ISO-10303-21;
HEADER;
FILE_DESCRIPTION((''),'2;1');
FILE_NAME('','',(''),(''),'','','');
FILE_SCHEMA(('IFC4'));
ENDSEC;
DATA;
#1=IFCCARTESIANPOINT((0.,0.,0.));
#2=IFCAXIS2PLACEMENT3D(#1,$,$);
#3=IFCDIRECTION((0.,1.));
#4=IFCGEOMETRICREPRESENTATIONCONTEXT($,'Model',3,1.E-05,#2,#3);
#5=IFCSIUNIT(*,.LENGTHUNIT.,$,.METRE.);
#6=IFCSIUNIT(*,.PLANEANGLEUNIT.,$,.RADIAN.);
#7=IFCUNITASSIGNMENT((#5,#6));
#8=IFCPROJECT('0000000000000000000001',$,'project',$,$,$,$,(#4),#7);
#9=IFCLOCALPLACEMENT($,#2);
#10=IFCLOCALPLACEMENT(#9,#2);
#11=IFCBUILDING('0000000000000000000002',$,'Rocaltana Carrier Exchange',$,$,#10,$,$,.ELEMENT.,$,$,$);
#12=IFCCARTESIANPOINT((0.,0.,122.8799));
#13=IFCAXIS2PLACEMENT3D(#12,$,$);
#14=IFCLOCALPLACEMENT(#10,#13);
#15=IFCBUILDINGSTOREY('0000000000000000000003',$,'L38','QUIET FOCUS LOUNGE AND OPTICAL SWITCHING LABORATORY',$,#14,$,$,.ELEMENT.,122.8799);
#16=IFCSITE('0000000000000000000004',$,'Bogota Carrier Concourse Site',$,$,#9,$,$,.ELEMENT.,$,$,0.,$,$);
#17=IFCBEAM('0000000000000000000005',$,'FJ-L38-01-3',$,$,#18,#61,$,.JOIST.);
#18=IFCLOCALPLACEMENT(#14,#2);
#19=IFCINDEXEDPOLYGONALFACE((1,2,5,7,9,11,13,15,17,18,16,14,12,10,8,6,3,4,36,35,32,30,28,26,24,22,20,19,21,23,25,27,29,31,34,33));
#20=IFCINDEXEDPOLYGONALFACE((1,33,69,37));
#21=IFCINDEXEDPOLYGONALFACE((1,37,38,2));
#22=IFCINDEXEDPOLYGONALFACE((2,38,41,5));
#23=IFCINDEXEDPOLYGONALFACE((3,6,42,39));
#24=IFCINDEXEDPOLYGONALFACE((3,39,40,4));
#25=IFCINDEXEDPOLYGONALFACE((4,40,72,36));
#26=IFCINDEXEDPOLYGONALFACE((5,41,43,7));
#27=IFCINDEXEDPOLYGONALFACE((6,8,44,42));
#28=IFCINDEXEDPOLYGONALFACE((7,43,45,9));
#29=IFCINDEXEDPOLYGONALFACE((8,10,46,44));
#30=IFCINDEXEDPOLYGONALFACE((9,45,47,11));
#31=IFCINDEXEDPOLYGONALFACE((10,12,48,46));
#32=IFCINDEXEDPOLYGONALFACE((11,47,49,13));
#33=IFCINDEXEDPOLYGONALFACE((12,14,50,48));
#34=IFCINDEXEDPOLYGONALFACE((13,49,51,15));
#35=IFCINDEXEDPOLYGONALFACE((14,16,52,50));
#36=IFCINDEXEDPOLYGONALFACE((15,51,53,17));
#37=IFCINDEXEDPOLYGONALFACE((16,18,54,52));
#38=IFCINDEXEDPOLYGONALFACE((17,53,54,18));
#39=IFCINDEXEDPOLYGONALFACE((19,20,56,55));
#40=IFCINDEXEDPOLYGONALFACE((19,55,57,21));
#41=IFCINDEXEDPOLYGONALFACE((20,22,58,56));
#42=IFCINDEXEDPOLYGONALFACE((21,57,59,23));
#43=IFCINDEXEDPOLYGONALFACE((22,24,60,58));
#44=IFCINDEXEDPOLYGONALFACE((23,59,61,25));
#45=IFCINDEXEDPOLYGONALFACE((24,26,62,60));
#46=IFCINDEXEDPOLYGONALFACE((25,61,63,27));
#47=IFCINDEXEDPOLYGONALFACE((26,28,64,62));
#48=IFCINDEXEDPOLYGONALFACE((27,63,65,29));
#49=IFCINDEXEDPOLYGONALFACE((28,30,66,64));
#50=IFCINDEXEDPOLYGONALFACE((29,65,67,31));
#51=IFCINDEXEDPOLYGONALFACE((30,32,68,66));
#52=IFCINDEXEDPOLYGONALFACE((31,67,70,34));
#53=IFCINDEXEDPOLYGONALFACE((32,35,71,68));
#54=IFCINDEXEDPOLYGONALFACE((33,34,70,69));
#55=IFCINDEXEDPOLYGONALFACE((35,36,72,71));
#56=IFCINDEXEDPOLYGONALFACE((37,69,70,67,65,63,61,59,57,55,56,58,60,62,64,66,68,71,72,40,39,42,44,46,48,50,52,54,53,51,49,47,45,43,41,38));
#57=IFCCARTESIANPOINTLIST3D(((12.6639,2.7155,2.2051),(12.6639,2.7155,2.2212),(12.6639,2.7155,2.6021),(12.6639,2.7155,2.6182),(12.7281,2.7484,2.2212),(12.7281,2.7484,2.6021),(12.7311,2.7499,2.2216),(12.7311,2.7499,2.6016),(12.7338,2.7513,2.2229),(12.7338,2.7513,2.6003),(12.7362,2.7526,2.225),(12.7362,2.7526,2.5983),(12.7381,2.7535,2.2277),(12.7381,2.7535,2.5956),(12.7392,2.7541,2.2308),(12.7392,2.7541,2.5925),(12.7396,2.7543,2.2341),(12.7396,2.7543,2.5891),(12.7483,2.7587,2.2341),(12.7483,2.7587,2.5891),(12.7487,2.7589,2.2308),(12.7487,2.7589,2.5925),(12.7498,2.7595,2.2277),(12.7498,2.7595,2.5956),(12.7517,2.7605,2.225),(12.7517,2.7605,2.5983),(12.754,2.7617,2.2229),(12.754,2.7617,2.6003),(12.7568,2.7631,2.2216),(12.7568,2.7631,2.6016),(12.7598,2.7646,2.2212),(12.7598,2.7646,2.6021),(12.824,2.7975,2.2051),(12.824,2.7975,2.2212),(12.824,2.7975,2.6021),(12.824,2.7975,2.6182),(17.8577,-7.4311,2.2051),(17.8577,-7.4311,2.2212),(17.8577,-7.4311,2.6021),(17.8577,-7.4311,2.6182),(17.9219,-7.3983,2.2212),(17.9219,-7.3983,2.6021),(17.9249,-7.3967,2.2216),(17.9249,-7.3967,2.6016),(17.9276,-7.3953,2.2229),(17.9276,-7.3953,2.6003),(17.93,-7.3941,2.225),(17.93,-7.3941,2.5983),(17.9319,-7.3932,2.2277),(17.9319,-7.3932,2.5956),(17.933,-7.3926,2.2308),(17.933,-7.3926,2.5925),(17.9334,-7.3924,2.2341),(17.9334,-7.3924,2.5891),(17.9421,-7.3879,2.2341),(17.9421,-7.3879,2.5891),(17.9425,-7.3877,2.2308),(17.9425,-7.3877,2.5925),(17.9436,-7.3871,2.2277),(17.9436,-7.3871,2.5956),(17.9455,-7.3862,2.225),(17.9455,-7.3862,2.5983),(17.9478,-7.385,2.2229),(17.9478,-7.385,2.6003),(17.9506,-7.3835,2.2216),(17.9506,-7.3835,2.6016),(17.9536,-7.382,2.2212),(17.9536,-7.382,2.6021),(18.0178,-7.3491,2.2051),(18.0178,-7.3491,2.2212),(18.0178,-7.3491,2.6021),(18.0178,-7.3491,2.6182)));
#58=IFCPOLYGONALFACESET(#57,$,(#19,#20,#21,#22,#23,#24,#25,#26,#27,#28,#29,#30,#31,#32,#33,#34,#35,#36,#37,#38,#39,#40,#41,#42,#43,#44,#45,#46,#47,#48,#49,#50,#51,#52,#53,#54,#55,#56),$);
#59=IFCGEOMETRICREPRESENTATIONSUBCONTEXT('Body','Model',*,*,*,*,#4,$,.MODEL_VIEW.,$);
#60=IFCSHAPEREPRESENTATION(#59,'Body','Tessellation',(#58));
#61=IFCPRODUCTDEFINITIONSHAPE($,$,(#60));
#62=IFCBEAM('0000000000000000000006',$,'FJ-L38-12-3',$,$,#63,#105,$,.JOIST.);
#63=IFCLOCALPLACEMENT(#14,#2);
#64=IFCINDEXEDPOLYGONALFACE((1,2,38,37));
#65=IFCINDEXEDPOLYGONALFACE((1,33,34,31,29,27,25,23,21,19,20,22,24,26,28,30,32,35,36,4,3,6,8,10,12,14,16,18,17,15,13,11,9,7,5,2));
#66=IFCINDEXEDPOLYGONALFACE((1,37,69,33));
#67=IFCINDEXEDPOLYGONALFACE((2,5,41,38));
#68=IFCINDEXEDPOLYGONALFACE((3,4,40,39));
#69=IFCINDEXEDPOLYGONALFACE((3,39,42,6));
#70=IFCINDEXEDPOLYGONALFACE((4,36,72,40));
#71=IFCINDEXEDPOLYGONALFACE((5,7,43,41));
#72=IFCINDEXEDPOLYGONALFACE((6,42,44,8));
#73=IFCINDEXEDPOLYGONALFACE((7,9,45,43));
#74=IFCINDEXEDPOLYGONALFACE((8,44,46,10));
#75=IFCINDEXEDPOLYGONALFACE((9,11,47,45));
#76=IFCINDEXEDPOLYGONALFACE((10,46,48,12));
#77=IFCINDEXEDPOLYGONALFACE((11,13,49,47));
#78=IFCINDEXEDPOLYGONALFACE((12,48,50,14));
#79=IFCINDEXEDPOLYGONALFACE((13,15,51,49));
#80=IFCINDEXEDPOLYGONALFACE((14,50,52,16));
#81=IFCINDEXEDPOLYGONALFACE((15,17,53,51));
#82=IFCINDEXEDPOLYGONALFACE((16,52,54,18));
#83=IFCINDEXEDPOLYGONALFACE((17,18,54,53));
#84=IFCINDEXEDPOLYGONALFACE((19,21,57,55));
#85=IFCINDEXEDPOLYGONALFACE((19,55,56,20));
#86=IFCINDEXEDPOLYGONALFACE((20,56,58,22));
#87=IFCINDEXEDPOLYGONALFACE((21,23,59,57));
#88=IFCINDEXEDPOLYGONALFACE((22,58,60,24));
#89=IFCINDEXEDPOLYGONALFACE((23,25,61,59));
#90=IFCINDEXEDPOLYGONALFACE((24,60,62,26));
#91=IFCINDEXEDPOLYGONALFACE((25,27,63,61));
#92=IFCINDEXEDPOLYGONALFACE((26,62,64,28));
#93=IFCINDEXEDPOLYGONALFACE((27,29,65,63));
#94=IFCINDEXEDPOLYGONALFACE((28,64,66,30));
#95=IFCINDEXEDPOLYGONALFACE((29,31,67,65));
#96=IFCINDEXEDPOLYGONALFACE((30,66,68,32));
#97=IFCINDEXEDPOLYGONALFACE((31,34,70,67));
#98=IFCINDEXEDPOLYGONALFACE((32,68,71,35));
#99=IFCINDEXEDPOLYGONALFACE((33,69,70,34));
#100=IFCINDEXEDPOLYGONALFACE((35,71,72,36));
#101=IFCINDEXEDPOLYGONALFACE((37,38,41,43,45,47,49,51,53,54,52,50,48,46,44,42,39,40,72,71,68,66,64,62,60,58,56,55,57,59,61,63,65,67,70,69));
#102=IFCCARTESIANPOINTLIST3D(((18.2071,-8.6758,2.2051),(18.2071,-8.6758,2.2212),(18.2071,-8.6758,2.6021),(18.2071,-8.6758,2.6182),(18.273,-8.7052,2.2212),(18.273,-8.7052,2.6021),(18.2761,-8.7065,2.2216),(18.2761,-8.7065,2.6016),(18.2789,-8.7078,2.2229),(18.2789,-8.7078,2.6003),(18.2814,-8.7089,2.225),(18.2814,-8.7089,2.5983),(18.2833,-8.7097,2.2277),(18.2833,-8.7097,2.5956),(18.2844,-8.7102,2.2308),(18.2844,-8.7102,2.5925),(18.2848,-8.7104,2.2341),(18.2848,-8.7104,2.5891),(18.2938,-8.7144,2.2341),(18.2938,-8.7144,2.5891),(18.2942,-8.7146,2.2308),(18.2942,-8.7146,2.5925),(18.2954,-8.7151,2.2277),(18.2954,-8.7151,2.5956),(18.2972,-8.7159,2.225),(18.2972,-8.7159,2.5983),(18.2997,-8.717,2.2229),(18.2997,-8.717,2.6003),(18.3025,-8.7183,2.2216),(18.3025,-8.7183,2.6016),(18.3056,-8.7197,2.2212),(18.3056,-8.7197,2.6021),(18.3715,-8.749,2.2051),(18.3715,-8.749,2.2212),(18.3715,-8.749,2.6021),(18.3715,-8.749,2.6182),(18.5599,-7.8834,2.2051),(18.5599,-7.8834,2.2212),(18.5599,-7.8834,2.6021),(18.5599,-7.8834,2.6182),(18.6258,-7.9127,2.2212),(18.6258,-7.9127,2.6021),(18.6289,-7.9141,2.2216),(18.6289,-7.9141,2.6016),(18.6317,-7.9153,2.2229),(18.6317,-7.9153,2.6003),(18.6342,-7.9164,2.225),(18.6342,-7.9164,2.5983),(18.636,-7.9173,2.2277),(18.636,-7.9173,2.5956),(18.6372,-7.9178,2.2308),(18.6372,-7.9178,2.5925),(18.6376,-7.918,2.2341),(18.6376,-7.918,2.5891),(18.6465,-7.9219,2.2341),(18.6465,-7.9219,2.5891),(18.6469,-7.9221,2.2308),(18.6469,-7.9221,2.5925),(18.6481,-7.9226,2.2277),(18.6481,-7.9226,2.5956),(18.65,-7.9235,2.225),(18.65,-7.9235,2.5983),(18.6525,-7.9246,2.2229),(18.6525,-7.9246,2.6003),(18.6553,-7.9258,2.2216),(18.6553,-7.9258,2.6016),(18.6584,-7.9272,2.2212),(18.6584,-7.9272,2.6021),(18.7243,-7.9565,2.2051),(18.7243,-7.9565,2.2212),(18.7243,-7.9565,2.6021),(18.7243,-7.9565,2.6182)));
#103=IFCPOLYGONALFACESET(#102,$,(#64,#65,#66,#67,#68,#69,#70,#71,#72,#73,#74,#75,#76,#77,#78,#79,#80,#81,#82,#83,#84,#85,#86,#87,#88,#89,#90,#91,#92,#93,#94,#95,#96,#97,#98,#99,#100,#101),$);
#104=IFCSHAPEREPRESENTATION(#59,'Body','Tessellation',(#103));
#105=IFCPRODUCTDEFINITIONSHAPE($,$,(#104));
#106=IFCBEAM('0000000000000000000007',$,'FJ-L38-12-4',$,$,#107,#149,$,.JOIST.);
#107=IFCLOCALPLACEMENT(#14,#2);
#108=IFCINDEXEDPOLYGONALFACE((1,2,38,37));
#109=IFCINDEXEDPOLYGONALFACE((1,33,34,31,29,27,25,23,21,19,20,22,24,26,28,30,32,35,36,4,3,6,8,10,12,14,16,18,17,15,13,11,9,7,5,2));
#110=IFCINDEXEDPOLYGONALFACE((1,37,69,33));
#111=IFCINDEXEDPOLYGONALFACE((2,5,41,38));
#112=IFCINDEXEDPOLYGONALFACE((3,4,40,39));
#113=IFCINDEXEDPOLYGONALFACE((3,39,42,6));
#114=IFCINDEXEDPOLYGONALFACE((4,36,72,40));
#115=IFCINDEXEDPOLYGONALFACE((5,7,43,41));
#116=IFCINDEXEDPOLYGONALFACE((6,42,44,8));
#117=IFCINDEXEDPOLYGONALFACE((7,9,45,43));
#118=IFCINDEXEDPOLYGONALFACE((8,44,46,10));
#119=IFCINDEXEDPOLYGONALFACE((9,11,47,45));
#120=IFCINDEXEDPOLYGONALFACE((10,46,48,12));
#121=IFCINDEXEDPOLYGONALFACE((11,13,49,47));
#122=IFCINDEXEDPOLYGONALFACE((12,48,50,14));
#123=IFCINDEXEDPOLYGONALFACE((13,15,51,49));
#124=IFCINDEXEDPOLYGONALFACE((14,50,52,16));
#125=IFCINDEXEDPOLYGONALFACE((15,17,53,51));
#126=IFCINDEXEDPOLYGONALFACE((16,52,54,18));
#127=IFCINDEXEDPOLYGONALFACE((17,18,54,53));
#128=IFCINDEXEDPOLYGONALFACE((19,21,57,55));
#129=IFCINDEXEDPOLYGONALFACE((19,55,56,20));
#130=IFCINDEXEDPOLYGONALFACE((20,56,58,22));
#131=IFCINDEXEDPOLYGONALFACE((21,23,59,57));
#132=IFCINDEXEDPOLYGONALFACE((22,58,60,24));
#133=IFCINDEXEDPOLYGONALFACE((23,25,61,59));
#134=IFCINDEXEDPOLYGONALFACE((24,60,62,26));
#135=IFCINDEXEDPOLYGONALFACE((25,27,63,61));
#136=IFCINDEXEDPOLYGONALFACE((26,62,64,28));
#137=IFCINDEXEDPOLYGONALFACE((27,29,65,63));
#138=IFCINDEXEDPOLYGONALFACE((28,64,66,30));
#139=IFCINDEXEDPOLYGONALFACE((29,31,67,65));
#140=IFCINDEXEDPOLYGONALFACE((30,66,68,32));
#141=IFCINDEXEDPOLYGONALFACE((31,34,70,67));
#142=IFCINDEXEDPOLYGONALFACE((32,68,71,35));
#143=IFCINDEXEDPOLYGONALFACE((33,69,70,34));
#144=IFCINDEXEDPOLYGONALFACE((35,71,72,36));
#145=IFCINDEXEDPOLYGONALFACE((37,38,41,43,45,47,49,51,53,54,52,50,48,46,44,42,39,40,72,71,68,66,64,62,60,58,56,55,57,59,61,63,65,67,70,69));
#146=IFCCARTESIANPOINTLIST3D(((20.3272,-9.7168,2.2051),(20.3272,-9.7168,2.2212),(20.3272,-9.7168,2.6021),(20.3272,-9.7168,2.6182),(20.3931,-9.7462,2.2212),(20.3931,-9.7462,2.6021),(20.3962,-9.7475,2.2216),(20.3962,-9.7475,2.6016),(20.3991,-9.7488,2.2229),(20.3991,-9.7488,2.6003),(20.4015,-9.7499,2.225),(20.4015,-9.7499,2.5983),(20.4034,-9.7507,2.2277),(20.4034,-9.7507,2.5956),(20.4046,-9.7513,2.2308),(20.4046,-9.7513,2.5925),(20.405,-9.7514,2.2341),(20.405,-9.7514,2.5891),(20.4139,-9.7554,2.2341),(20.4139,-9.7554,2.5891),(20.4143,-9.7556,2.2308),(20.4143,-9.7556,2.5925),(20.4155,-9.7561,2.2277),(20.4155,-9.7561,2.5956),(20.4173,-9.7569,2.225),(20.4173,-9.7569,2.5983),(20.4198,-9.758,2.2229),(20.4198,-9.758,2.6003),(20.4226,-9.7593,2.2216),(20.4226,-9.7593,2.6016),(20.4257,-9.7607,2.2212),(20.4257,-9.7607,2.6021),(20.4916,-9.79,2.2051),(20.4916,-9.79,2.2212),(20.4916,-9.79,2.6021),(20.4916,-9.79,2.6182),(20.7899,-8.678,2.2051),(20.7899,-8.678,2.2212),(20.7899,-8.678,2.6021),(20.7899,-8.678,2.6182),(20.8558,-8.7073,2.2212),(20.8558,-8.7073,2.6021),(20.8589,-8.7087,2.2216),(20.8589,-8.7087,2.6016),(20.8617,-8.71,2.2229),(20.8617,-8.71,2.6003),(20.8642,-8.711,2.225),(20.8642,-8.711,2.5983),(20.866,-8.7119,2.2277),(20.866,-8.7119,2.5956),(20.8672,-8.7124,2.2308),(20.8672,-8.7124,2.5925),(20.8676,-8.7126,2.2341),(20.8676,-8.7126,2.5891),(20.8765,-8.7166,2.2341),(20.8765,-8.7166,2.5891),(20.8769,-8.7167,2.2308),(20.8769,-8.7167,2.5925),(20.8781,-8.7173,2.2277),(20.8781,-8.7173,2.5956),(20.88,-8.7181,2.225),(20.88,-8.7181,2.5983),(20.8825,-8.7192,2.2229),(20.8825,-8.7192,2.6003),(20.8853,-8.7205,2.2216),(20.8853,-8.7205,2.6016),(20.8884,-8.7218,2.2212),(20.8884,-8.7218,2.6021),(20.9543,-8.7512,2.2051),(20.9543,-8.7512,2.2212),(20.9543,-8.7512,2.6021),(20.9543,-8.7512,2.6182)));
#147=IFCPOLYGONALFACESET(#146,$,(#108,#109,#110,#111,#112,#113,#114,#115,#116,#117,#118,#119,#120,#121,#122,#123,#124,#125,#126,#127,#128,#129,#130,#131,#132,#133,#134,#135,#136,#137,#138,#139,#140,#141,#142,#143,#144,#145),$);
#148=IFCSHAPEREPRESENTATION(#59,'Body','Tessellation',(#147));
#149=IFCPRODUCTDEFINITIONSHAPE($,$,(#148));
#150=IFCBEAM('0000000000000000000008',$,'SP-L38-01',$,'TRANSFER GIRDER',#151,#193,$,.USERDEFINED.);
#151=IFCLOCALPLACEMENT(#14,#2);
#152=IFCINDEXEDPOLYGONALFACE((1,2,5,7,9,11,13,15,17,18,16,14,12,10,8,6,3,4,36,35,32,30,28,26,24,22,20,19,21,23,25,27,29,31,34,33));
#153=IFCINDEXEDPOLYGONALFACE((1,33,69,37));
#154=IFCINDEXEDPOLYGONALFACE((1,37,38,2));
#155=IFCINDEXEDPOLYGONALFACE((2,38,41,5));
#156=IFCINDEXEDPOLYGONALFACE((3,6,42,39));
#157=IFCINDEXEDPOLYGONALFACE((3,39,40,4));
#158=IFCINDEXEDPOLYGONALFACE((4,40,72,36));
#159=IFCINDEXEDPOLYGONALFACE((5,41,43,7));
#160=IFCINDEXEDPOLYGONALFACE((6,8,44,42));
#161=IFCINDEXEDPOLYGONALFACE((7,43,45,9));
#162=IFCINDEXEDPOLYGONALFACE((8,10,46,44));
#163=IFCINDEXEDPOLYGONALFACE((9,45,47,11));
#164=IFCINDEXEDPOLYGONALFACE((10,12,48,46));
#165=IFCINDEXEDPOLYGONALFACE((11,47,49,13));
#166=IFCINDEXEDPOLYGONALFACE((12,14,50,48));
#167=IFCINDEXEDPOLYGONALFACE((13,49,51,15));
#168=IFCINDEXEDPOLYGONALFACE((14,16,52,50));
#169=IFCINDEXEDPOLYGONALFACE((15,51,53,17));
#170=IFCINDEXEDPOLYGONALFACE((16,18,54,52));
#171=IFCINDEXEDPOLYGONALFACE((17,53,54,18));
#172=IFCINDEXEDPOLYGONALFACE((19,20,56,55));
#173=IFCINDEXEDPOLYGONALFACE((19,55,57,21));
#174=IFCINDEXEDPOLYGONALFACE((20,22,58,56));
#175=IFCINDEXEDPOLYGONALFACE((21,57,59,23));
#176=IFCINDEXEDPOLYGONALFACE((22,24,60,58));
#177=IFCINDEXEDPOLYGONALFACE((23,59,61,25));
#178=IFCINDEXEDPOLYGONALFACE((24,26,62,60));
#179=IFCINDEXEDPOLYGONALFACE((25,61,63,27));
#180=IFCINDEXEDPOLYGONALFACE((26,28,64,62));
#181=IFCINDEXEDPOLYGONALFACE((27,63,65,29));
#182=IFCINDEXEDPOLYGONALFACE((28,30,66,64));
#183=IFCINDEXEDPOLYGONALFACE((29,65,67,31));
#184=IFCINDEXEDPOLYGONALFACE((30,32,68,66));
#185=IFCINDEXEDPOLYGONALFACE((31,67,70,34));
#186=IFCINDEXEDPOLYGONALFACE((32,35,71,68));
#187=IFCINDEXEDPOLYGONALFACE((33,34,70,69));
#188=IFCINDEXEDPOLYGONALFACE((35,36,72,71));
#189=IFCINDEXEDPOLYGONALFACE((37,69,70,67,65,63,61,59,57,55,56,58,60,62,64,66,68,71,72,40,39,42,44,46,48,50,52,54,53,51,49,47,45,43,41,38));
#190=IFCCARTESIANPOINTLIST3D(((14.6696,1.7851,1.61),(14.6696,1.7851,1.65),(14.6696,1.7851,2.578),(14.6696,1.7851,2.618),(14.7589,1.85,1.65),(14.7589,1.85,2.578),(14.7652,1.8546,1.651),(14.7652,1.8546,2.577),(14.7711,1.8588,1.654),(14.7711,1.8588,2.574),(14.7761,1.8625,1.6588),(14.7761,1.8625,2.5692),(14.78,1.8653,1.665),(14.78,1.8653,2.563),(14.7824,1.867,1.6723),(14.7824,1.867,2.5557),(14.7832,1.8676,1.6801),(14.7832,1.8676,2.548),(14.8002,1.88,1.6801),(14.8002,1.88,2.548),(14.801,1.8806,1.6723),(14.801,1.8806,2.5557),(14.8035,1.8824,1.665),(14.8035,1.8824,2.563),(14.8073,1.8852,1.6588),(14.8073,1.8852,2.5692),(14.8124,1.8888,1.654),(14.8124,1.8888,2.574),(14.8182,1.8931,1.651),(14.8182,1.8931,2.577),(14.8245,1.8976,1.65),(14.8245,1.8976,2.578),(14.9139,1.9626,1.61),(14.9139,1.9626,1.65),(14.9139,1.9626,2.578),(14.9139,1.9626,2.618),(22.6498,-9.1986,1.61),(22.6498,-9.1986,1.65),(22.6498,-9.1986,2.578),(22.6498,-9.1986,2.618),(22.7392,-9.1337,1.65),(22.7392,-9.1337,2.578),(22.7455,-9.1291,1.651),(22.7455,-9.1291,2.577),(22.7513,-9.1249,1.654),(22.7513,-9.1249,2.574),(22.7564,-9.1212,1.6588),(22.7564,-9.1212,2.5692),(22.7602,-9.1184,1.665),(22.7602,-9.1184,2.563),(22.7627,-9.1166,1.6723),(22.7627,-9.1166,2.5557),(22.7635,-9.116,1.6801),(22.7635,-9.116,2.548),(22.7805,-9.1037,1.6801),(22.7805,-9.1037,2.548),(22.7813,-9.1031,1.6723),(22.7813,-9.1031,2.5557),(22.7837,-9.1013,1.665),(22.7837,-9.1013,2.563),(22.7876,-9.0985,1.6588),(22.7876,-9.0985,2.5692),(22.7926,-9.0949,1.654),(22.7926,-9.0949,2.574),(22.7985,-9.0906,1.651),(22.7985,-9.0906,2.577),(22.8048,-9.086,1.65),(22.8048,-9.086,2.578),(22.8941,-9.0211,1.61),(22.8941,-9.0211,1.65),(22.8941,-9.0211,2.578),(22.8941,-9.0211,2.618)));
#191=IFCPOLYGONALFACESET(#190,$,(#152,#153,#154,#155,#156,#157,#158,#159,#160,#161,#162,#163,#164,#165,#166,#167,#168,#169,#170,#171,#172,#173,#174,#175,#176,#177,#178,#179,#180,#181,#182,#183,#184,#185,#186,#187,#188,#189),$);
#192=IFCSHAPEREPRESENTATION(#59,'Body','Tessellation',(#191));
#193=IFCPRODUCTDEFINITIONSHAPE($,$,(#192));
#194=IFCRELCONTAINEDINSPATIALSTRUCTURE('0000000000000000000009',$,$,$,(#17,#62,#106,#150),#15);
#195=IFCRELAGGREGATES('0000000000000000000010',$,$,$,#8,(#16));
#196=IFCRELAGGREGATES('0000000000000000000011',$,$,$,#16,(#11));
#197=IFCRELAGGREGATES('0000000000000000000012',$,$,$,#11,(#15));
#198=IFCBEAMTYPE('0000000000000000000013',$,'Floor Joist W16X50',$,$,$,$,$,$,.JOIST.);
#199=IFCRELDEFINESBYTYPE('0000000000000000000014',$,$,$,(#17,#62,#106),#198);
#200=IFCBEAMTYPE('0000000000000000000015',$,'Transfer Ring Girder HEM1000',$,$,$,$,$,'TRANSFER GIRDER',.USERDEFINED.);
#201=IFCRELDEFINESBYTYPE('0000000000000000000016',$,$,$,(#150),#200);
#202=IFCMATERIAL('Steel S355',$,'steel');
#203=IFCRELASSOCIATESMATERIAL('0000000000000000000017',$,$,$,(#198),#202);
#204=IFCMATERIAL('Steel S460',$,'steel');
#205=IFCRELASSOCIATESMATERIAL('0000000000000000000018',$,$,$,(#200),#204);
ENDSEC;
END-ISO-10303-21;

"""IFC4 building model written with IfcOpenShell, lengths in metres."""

from ifc_helpers import new_model, si_unit, direction, frame, origin, origin_2d, place, context, subcontext, project, spatial, i_section, extrude, material, material_profile, profile_set, type_object, element, save


model = new_model("IFC4")

# Units and contexts
model_context = context("Model", 3, precision=1e-05, world=origin(), true_north=direction((0.0, 1.0)))
body_context = subcontext(model_context, "Body", "Model", "MODEL_VIEW")
ifc_project = project(units=[si_unit("LENGTHUNIT", "METRE"), si_unit("PLANEANGLEUNIT", "RADIAN")], contexts=[model_context])

# Site, building, storey
site_placement = place(None, origin())
site = spatial("IfcSite", under=ifc_project, at=site_placement, Name="Bogota Carrier Concourse Site", CompositionType="ELEMENT", RefElevation=0.0)
building_placement = place(site_placement, origin())
building = spatial("IfcBuilding", under=site, at=building_placement, Name="Rocaltana Carrier Exchange", CompositionType="ELEMENT")
storey_placement = place(building_placement, frame((0.0, 0.0, 122.8799)))
storey = spatial("IfcBuildingStorey", under=building, at=storey_placement, Name="L38", Description="QUIET FOCUS LOUNGE AND OPTICAL SWITCHING LABORATORY", CompositionType="ELEMENT", Elevation=122.8799)

# Beams
ifc_material_1 = material(Name="Steel S355", Category="steel")
ifc_material_profile_1 = material_profile(ifc_material_1, i_section(OverallWidth=0.1799, OverallDepth=0.4131, WebThickness=0.0098, FlangeThickness=0.0161, FilletRadius=0.0129, at=origin_2d()), Name="W16X50")
ifc_profile_set_1 = profile_set([ifc_material_profile_1], Name="Steel S355")
beam_type_1 = type_object("IfcBeamType", Name="Floor Joist W16X50", PredefinedType="JOIST", material=ifc_profile_set_1)
beam_1_placement = place(storey_placement, frame((17.9377, -7.3901, 2.4116), z_axis=(-0.455649, 0.890159, 0.0), x_axis=(-0.890159, -0.455649, 0.0)))
element("IfcBeam", 1, at=beam_1_placement, inside=storey, type_object=beam_type_1, Name="FJ-L38-01-3", PredefinedType="JOIST", context=body_context, shape_type="SweptSolid", body=[
    extrude(i_section(OverallWidth=0.1799, OverallDepth=0.4131, WebThickness=0.0098, FlangeThickness=0.0161, FilletRadius=0.0129, at=origin_2d()), origin(), (0.0, 0.0, 1.0), 11.3987),
])
beam_2_placement = place(storey_placement, frame((18.2893, -8.7124, 2.4116), z_axis=(0.406687, 0.913568, 0.0), x_axis=(-0.913568, 0.406687, 0.0)))
element("IfcBeam", 2, at=beam_2_placement, inside=storey, type_object=beam_type_1, Name="FJ-L38-12-3", PredefinedType="JOIST", context=body_context, shape_type="SweptSolid", body=[
    extrude(i_section(OverallWidth=0.1799, OverallDepth=0.4131, WebThickness=0.0098, FlangeThickness=0.0161, FilletRadius=0.0129, at=origin_2d()), origin(), (0.0, 0.0, 1.0), 0.8674),
])
beam_3_placement = place(storey_placement, frame((20.4094, -9.7534, 2.4116), z_axis=(0.406836, 0.913501, 0.0), x_axis=(-0.913501, 0.406836, 0.0)))
element("IfcBeam", 3, at=beam_3_placement, inside=storey, type_object=beam_type_1, Name="FJ-L38-12-4", PredefinedType="JOIST", context=body_context, shape_type="SweptSolid", body=[
    extrude(i_section(OverallWidth=0.1799, OverallDepth=0.4131, WebThickness=0.0098, FlangeThickness=0.0161, FilletRadius=0.0129, at=origin_2d()), origin(), (0.0, 0.0, 1.0), 1.1372),
])
ifc_material_2 = material(Name="Steel S460", Category="steel")
ifc_material_profile_2 = material_profile(ifc_material_2, i_section(OverallWidth=0.302, OverallDepth=1.0081, WebThickness=0.021, FlangeThickness=0.04, FilletRadius=0.03, at=origin_2d()), Name="HEM1000")
ifc_profile_set_2 = profile_set([ifc_material_profile_2], Name="Steel S460")
beam_type_2 = type_object("IfcBeamType", Name="Transfer Ring Girder HEM1000", ElementType="TRANSFER GIRDER", PredefinedType="USERDEFINED", material=ifc_profile_set_2)
beam_4_placement = place(storey_placement, frame((22.772, -9.1099, 2.114), z_axis=(-0.587792, 0.809012, 0.0), x_axis=(-0.809012, -0.587792, 0.0)))
element("IfcBeam", 4, at=beam_4_placement, inside=storey, type_object=beam_type_2, Name="SP-L38-01", ObjectType="TRANSFER GIRDER", PredefinedType="USERDEFINED", context=body_context, shape_type="SweptSolid", body=[
    extrude(i_section(OverallWidth=0.302, OverallDepth=1.0081, WebThickness=0.021, FlangeThickness=0.04, FilletRadius=0.03, at=origin_2d()), origin(), (0.0, 0.0, 1.0), 13.5767),
])

save(model, "model.ifc")
